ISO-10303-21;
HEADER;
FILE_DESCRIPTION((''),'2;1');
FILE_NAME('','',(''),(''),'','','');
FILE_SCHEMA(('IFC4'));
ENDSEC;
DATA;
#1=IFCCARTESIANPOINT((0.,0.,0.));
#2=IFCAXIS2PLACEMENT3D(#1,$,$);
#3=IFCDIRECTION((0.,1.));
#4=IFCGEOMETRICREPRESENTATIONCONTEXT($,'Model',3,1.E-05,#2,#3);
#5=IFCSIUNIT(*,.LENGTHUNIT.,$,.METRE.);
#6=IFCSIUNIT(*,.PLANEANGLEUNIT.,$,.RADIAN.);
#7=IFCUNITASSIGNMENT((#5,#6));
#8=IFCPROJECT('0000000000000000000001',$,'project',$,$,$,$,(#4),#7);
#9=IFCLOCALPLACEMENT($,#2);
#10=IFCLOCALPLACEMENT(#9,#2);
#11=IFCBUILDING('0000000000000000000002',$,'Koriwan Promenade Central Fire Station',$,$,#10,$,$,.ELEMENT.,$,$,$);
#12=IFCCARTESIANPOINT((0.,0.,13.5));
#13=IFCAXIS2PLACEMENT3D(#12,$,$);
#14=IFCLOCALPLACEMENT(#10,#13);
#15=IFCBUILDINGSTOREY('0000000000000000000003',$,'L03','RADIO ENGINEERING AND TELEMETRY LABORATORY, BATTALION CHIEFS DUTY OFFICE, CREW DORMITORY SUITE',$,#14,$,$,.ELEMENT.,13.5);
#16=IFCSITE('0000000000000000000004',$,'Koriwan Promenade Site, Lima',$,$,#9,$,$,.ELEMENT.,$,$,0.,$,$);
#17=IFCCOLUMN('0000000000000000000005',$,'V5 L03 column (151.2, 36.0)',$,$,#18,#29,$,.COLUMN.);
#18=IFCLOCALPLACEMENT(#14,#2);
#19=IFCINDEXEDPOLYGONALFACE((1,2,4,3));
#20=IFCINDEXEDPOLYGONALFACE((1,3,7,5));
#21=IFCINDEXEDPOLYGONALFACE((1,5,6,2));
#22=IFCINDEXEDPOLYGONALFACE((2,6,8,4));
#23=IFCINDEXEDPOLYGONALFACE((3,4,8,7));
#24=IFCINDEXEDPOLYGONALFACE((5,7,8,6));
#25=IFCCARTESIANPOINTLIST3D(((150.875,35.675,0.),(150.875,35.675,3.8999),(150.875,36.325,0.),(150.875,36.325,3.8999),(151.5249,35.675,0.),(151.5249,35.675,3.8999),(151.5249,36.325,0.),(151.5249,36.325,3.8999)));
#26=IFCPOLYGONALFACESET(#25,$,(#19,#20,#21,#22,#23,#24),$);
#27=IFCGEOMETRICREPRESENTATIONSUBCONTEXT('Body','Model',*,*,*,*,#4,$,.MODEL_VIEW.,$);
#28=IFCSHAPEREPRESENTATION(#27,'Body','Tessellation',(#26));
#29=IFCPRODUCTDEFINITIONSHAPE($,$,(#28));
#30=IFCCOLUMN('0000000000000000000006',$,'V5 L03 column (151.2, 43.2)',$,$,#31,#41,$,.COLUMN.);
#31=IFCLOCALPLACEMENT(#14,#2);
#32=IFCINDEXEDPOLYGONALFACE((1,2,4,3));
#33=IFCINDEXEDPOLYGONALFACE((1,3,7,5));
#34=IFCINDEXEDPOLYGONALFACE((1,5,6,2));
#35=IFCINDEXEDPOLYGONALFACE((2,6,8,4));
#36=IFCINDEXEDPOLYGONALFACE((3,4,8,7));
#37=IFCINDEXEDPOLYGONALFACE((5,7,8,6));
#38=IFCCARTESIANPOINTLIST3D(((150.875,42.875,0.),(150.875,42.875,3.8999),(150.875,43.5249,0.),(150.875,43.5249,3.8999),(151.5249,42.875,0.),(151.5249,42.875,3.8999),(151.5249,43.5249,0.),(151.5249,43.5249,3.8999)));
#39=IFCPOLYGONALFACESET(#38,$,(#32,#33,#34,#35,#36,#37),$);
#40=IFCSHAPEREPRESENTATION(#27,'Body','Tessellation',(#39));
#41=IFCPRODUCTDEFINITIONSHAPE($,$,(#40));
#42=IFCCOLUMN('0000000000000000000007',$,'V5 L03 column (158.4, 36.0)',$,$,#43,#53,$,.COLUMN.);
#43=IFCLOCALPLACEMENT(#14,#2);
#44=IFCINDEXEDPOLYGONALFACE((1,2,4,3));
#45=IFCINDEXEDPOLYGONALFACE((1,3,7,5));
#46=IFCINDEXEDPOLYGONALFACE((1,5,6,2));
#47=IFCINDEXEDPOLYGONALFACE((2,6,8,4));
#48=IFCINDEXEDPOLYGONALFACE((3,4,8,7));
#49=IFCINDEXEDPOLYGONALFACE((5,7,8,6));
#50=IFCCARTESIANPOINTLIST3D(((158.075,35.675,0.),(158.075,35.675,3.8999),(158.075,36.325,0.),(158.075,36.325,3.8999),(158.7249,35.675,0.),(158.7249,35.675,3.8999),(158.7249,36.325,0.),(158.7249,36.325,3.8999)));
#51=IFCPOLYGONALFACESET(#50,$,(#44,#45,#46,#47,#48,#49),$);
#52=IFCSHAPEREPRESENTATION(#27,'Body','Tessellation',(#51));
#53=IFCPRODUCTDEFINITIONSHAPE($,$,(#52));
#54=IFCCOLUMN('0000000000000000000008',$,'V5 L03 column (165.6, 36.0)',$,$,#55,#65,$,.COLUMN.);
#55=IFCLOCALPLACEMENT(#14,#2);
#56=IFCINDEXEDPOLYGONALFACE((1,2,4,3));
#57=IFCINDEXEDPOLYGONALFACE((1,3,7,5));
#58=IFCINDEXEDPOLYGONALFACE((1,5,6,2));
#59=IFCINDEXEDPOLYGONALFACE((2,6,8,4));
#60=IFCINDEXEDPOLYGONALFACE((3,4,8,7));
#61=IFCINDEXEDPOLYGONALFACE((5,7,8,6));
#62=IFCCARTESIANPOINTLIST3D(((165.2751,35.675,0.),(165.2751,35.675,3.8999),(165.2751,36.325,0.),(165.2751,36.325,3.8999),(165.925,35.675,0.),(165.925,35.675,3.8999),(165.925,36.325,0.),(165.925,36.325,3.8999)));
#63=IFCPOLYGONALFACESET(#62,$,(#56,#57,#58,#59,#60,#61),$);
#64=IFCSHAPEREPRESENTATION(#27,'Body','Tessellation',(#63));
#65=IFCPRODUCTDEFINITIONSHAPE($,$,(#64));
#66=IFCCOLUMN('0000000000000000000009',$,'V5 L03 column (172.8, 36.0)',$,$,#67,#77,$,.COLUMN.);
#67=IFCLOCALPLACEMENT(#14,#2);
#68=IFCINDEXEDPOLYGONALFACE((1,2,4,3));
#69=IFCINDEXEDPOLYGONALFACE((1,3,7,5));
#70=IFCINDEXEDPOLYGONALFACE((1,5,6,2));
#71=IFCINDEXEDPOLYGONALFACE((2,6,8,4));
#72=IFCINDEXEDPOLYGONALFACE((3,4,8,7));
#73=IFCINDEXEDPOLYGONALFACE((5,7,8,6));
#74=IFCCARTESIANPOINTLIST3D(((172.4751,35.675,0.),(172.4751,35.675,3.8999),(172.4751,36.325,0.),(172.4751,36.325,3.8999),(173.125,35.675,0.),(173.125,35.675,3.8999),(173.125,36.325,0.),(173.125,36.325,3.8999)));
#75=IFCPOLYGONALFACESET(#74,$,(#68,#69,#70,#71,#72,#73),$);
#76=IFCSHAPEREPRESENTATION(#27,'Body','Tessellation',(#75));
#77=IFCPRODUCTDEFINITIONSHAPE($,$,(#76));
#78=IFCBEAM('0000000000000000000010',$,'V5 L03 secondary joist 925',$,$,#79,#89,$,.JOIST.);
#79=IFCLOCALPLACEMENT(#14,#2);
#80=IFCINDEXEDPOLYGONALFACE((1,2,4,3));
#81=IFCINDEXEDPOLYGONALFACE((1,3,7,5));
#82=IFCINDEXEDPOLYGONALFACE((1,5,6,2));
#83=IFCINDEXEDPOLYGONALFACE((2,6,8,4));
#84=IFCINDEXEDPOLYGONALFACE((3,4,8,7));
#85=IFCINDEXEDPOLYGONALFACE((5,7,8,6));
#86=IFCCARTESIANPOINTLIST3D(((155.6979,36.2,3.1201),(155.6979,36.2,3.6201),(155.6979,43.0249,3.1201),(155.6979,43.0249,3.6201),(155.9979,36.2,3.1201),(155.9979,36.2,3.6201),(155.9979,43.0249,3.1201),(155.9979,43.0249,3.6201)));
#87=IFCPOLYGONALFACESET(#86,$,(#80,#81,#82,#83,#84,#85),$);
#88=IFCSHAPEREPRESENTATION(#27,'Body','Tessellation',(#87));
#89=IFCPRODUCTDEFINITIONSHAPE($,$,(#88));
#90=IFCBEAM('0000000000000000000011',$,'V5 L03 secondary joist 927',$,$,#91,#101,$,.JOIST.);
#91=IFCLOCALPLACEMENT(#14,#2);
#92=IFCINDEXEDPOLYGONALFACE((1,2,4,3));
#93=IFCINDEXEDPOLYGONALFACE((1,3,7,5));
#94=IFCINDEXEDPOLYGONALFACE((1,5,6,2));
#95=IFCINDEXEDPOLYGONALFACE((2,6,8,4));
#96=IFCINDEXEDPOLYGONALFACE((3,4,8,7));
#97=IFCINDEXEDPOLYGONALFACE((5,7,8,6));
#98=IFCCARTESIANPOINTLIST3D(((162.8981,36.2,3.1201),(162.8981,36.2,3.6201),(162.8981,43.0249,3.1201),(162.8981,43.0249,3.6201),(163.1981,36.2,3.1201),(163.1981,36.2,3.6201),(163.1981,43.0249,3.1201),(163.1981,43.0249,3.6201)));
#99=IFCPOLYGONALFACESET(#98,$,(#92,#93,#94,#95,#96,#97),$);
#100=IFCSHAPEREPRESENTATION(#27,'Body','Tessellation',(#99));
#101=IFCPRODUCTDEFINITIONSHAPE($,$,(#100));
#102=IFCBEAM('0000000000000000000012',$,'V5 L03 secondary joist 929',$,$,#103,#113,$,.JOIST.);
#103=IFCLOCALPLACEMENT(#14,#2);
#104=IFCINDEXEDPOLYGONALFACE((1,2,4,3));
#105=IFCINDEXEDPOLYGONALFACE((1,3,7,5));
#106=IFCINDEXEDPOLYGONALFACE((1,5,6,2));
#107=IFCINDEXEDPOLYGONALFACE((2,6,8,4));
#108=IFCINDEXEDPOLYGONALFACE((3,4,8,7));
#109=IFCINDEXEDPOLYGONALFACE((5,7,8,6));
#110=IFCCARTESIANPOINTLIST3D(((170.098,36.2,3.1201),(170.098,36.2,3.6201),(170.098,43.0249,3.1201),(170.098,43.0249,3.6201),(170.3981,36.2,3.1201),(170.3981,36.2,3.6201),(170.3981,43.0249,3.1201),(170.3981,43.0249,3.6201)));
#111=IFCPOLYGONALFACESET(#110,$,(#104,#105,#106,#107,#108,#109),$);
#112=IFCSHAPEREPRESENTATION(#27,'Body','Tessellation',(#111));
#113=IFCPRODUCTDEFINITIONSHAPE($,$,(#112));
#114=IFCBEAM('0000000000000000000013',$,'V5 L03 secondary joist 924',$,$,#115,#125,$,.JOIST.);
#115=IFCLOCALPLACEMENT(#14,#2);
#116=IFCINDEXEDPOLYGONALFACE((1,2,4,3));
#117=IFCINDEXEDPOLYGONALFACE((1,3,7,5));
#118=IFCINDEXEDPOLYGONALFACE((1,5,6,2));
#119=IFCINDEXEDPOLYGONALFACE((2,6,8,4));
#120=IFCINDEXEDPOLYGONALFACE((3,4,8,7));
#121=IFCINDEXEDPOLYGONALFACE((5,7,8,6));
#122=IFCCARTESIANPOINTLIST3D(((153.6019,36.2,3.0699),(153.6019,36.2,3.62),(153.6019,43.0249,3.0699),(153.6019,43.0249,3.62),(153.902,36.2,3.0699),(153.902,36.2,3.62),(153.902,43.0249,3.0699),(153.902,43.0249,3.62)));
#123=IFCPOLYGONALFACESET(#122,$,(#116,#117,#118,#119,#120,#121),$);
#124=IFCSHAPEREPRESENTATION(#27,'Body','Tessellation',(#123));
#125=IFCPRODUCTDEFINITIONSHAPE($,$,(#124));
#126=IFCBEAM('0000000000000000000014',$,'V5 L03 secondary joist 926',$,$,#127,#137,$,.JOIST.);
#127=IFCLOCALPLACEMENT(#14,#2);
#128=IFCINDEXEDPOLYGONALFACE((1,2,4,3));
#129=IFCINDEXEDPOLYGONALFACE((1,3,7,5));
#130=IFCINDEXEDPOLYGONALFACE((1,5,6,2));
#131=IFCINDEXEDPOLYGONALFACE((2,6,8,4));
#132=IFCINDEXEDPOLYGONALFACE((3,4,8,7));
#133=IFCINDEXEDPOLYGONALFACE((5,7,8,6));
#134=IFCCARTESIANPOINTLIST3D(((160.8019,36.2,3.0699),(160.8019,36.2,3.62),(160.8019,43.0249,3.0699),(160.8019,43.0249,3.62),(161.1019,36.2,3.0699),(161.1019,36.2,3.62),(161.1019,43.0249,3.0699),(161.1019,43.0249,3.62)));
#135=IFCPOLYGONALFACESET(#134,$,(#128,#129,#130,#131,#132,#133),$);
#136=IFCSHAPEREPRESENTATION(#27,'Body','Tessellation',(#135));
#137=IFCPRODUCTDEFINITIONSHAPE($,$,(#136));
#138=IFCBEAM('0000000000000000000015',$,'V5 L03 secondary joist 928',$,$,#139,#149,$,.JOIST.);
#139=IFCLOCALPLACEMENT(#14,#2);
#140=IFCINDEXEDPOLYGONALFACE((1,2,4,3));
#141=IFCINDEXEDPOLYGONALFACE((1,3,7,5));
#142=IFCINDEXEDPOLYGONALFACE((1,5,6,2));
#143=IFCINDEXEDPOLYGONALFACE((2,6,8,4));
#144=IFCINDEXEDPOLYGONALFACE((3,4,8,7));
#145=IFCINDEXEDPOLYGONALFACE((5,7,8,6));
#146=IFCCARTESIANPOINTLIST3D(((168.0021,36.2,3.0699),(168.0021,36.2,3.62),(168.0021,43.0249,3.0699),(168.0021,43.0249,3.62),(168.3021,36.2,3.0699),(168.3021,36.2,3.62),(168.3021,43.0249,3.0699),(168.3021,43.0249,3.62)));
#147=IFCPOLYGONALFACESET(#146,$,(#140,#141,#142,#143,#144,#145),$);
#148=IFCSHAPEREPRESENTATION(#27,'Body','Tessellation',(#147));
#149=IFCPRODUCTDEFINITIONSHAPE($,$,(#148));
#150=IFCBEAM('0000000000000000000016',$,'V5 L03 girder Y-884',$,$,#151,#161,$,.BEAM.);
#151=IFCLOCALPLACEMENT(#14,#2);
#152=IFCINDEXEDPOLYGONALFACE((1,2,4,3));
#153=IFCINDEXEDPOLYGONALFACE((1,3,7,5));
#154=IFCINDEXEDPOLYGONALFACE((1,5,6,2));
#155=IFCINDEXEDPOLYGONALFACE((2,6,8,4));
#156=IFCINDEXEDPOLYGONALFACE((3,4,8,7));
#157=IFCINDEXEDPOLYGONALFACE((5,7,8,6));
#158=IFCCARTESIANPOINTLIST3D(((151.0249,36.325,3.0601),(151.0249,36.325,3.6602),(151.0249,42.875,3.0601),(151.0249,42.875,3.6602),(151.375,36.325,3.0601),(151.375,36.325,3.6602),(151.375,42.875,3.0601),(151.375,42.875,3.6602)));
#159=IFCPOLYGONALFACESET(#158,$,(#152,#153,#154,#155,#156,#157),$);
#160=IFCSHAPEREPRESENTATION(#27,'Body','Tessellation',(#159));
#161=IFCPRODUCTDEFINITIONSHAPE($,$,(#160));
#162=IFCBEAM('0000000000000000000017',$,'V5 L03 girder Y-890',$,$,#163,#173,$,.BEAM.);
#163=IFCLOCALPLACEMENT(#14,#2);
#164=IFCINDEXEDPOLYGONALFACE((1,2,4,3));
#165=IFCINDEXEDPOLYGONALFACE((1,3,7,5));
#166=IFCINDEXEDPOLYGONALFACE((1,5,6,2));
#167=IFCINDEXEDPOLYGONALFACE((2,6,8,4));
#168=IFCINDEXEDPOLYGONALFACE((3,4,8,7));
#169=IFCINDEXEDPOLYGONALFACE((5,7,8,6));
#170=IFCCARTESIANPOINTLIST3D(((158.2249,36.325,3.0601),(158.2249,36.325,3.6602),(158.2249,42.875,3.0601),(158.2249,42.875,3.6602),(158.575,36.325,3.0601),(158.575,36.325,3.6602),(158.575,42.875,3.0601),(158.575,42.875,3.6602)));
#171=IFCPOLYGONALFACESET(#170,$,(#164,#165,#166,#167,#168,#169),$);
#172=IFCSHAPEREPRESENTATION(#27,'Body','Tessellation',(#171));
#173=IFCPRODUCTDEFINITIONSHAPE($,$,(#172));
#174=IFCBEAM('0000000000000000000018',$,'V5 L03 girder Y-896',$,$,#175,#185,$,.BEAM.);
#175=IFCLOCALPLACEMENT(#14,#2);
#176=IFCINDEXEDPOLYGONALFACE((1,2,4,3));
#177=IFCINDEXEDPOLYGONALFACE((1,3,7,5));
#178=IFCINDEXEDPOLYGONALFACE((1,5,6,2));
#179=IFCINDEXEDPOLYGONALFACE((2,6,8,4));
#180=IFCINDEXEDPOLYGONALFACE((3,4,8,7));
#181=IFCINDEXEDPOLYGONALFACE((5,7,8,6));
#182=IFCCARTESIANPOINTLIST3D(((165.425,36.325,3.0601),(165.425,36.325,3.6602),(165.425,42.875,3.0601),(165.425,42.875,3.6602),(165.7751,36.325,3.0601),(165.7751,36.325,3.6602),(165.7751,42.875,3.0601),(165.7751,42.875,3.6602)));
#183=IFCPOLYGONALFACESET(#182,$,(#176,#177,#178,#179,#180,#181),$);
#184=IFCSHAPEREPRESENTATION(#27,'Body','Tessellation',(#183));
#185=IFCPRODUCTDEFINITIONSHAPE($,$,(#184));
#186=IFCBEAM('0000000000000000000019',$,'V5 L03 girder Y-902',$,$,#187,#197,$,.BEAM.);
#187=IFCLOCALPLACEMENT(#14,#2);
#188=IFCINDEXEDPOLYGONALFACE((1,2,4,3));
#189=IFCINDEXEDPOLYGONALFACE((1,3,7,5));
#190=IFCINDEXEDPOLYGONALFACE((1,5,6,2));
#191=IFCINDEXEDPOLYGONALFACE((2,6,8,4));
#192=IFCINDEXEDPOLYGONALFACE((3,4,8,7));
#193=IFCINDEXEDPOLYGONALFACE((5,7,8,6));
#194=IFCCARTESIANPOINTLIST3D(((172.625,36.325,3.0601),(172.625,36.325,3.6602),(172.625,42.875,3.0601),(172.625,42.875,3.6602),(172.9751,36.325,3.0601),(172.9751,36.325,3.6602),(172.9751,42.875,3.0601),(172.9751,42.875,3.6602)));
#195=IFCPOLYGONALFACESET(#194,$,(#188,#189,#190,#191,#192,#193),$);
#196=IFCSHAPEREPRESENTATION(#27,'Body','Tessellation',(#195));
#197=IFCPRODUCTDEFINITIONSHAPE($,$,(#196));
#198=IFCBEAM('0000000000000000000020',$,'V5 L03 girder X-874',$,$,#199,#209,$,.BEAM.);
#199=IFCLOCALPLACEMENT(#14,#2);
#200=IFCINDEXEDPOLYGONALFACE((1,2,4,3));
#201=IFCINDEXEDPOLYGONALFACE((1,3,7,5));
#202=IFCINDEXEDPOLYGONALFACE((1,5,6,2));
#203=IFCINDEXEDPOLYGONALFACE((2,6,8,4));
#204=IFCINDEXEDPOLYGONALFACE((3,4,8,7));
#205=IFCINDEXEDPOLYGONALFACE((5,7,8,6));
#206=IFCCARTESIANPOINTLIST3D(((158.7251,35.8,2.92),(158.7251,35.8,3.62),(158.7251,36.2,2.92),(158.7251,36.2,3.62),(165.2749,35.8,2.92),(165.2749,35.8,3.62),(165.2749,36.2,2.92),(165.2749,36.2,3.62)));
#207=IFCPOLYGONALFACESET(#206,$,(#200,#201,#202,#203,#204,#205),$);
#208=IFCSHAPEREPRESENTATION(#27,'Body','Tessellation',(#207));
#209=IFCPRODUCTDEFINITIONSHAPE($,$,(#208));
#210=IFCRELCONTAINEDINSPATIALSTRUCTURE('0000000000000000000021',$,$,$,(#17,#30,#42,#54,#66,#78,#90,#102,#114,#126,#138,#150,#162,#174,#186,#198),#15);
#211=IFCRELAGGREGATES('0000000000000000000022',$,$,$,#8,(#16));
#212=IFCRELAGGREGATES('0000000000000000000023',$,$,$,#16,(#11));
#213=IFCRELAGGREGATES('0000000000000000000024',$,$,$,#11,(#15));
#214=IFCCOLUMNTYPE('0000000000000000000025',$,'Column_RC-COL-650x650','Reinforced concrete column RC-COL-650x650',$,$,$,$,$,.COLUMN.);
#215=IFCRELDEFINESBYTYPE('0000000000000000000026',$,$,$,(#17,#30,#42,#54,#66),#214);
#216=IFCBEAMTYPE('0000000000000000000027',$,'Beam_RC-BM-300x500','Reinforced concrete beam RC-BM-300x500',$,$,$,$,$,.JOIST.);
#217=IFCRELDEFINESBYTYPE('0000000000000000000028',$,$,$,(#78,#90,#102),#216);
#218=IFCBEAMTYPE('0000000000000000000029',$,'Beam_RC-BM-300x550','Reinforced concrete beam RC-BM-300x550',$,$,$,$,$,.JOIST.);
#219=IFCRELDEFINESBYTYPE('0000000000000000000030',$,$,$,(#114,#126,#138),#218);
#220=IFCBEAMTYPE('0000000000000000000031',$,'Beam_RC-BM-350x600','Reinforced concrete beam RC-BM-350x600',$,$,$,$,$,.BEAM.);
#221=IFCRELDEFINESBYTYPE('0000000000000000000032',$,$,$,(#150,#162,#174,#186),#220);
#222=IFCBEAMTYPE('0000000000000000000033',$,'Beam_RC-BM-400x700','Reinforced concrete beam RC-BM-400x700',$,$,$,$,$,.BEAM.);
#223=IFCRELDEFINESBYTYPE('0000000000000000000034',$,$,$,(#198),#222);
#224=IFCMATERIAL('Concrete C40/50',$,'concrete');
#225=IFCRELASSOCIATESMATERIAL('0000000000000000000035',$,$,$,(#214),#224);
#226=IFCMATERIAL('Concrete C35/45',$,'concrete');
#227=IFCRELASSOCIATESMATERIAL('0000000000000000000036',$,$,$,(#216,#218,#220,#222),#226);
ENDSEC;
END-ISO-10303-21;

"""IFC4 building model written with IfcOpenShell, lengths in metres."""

from ifc_helpers import new_model, si_unit, direction, frame, origin, origin_2d, place, context, subcontext, project, spatial, rectangle, extrude, material, material_profile, profile_set, type_object, element, save


model = new_model("IFC4")

# Units and contexts
model_context = context("Model", 3, precision=1e-05, world=origin(), true_north=direction((0.0, 1.0)))
body_context = subcontext(model_context, "Body", "Model", "MODEL_VIEW")
ifc_project = project(units=[si_unit("LENGTHUNIT", "METRE"), si_unit("PLANEANGLEUNIT", "RADIAN")], contexts=[model_context])

# Site, building, storey
site_placement = place(None, origin())
site = spatial("IfcSite", under=ifc_project, at=site_placement, Name="Koriwan Promenade Site, Lima", CompositionType="ELEMENT", RefElevation=0.0)
building_placement = place(site_placement, origin())
building = spatial("IfcBuilding", under=site, at=building_placement, Name="Koriwan Promenade Central Fire Station", CompositionType="ELEMENT")
storey_placement = place(building_placement, frame((0.0, 0.0, 13.5)))
storey = spatial("IfcBuildingStorey", under=building, at=storey_placement, Name="L03", Description="RADIO ENGINEERING AND TELEMETRY LABORATORY, BATTALION CHIEFS DUTY OFFICE, CREW DORMITORY SUITE", CompositionType="ELEMENT", Elevation=13.5)

# Columns
ifc_material_1 = material(Name="Concrete C40/50", Category="concrete")
ifc_material_profile_1 = material_profile(ifc_material_1, rectangle(XDim=0.6499, YDim=0.6499, at=origin_2d()), Name="RC-COL-650x650")
ifc_profile_set_1 = profile_set([ifc_material_profile_1], Name="Concrete C40/50")
column_type = type_object("IfcColumnType", Name="Column_RC-COL-650x650", Description="Reinforced concrete column RC-COL-650x650", PredefinedType="COLUMN", material=ifc_profile_set_1)
for number, where, z_axis, x_axis, name in (
    (1, (151.2, 36.0, 0.0), (0.0, 0.0, 1.0), (1.0, 0.0, 0.0), "V5 L03 column (151.2, 36.0)"),
    (2, (151.2, 43.2, 0.0), (0.0, 0.0, 1.0), (1.0, 0.0, 0.0), "V5 L03 column (151.2, 43.2)"),
    (3, (158.3999, 36.0, 0.0), (0.0, 0.0, 1.0), (1.0, 0.0, 0.0), "V5 L03 column (158.4, 36.0)"),
    (4, (165.6001, 36.0, 0.0), (0.0, 0.0, 1.0), (1.0, 0.0, 0.0), "V5 L03 column (165.6, 36.0)"),
    (5, (172.8, 36.0, 0.0), (0.0, 0.0, 1.0), (1.0, 0.0, 0.0), "V5 L03 column (172.8, 36.0)"),
):
    element("IfcColumn", number, at=place(storey_placement, frame(where, z_axis=z_axis, x_axis=x_axis)), inside=storey, type_object=column_type, Name=name, PredefinedType="COLUMN", context=body_context, shape_type="SweptSolid", body=[
        extrude(rectangle(XDim=0.6499, YDim=0.6499, at=origin_2d()), origin(), (0.0, 0.0, 1.0), 3.8999),
    ])

# Beams
ifc_material_2 = material(Name="Concrete C35/45", Category="concrete")
ifc_material_profile_2 = material_profile(ifc_material_2, rectangle(XDim=0.3, YDim=0.5, at=origin_2d()), Name="RC-BM-300x500")
ifc_profile_set_2 = profile_set([ifc_material_profile_2], Name="Concrete C35/45")
beam_type_1 = type_object("IfcBeamType", Name="Beam_RC-BM-300x500", Description="Reinforced concrete beam RC-BM-300x500", PredefinedType="JOIST", material=ifc_profile_set_2)
for number, where, z_axis, x_axis, name in (
    (6, (155.8479, 36.2, 3.3701), (0.0, 1.0, 0.0), (-1.0, 0.0, 0.0), "V5 L03 secondary joist 925"),
    (7, (163.0481, 36.2, 3.3701), (0.0, 1.0, 0.0), (-1.0, 0.0, 0.0), "V5 L03 secondary joist 927"),
    (8, (170.248, 36.2, 3.3701), (0.0, 1.0, 0.0), (-1.0, 0.0, 0.0), "V5 L03 secondary joist 929"),
):
    element("IfcBeam", number, at=place(storey_placement, frame(where, z_axis=z_axis, x_axis=x_axis)), inside=storey, type_object=beam_type_1, Name=name, PredefinedType="JOIST", context=body_context, shape_type="SweptSolid", body=[
        extrude(rectangle(XDim=0.3, YDim=0.5, at=origin_2d()), origin(), (0.0, 0.0, 1.0), 6.825),
    ])
ifc_material_profile_3 = material_profile(ifc_material_2, rectangle(XDim=0.3, YDim=0.55, at=origin_2d()), Name="RC-BM-300x550")
ifc_profile_set_3 = profile_set([ifc_material_profile_3], Name="Concrete C35/45")
beam_type_2 = type_object("IfcBeamType", Name="Beam_RC-BM-300x550", Description="Reinforced concrete beam RC-BM-300x550", PredefinedType="JOIST", material=ifc_profile_set_3)
for number, where, z_axis, x_axis, name in (
    (9, (153.752, 36.2, 3.345), (0.0, 1.0, 0.0), (-1.0, 0.0, 0.0), "V5 L03 secondary joist 924"),
    (10, (160.9519, 36.2, 3.345), (0.0, 1.0, 0.0), (-1.0, 0.0, 0.0), "V5 L03 secondary joist 926"),
    (11, (168.1521, 36.2, 3.345), (0.0, 1.0, 0.0), (-1.0, 0.0, 0.0), "V5 L03 secondary joist 928"),
):
    element("IfcBeam", number, at=place(storey_placement, frame(where, z_axis=z_axis, x_axis=x_axis)), inside=storey, type_object=beam_type_2, Name=name, PredefinedType="JOIST", context=body_context, shape_type="SweptSolid", body=[
        extrude(rectangle(XDim=0.3, YDim=0.55, at=origin_2d()), origin(), (0.0, 0.0, 1.0), 6.825),
    ])
ifc_material_profile_4 = material_profile(ifc_material_2, rectangle(XDim=0.3501, YDim=0.6001, at=origin_2d()), Name="RC-BM-350x600")
ifc_profile_set_4 = profile_set([ifc_material_profile_4], Name="Concrete C35/45")
beam_type_3 = type_object("IfcBeamType", Name="Beam_RC-BM-350x600", Description="Reinforced concrete beam RC-BM-350x600", PredefinedType="BEAM", material=ifc_profile_set_4)
for number, where, z_axis, x_axis, name in (
    (12, (151.2, 36.325, 3.3601), (0.0, 1.0, 0.0), (-1.0, 0.0, 0.0), "V5 L03 girder Y-884"),
    (13, (158.3999, 36.325, 3.3601), (0.0, 1.0, 0.0), (-1.0, 0.0, 0.0), "V5 L03 girder Y-890"),
    (14, (165.6001, 36.325, 3.3601), (0.0, 1.0, 0.0), (-1.0, 0.0, 0.0), "V5 L03 girder Y-896"),
    (15, (172.8, 36.325, 3.3601), (0.0, 1.0, 0.0), (-1.0, 0.0, 0.0), "V5 L03 girder Y-902"),
):
    element("IfcBeam", number, at=place(storey_placement, frame(where, z_axis=z_axis, x_axis=x_axis)), inside=storey, type_object=beam_type_3, Name=name, PredefinedType="BEAM", context=body_context, shape_type="SweptSolid", body=[
        extrude(rectangle(XDim=0.3501, YDim=0.6001, at=origin_2d()), origin(), (0.0, 0.0, 1.0), 6.55),
    ])
ifc_material_profile_5 = material_profile(ifc_material_2, rectangle(XDim=0.3999, YDim=0.7, at=origin_2d()), Name="RC-BM-400x700")
ifc_profile_set_5 = profile_set([ifc_material_profile_5], Name="Concrete C35/45")
beam_type_4 = type_object("IfcBeamType", Name="Beam_RC-BM-400x700", Description="Reinforced concrete beam RC-BM-400x700", PredefinedType="BEAM", material=ifc_profile_set_5)
beam_placement = place(storey_placement, frame((158.7251, 36.0, 3.27), z_axis=(1.0, 0.0, 0.0), x_axis=(0.0, 1.0, 0.0)))
element("IfcBeam", 16, at=beam_placement, inside=storey, type_object=beam_type_4, Name="V5 L03 girder X-874", PredefinedType="BEAM", context=body_context, shape_type="SweptSolid", body=[
    extrude(rectangle(XDim=0.3999, YDim=0.7, at=origin_2d()), origin(), (0.0, 0.0, 1.0), 6.5498),
])

save(model, "model.ifc")
